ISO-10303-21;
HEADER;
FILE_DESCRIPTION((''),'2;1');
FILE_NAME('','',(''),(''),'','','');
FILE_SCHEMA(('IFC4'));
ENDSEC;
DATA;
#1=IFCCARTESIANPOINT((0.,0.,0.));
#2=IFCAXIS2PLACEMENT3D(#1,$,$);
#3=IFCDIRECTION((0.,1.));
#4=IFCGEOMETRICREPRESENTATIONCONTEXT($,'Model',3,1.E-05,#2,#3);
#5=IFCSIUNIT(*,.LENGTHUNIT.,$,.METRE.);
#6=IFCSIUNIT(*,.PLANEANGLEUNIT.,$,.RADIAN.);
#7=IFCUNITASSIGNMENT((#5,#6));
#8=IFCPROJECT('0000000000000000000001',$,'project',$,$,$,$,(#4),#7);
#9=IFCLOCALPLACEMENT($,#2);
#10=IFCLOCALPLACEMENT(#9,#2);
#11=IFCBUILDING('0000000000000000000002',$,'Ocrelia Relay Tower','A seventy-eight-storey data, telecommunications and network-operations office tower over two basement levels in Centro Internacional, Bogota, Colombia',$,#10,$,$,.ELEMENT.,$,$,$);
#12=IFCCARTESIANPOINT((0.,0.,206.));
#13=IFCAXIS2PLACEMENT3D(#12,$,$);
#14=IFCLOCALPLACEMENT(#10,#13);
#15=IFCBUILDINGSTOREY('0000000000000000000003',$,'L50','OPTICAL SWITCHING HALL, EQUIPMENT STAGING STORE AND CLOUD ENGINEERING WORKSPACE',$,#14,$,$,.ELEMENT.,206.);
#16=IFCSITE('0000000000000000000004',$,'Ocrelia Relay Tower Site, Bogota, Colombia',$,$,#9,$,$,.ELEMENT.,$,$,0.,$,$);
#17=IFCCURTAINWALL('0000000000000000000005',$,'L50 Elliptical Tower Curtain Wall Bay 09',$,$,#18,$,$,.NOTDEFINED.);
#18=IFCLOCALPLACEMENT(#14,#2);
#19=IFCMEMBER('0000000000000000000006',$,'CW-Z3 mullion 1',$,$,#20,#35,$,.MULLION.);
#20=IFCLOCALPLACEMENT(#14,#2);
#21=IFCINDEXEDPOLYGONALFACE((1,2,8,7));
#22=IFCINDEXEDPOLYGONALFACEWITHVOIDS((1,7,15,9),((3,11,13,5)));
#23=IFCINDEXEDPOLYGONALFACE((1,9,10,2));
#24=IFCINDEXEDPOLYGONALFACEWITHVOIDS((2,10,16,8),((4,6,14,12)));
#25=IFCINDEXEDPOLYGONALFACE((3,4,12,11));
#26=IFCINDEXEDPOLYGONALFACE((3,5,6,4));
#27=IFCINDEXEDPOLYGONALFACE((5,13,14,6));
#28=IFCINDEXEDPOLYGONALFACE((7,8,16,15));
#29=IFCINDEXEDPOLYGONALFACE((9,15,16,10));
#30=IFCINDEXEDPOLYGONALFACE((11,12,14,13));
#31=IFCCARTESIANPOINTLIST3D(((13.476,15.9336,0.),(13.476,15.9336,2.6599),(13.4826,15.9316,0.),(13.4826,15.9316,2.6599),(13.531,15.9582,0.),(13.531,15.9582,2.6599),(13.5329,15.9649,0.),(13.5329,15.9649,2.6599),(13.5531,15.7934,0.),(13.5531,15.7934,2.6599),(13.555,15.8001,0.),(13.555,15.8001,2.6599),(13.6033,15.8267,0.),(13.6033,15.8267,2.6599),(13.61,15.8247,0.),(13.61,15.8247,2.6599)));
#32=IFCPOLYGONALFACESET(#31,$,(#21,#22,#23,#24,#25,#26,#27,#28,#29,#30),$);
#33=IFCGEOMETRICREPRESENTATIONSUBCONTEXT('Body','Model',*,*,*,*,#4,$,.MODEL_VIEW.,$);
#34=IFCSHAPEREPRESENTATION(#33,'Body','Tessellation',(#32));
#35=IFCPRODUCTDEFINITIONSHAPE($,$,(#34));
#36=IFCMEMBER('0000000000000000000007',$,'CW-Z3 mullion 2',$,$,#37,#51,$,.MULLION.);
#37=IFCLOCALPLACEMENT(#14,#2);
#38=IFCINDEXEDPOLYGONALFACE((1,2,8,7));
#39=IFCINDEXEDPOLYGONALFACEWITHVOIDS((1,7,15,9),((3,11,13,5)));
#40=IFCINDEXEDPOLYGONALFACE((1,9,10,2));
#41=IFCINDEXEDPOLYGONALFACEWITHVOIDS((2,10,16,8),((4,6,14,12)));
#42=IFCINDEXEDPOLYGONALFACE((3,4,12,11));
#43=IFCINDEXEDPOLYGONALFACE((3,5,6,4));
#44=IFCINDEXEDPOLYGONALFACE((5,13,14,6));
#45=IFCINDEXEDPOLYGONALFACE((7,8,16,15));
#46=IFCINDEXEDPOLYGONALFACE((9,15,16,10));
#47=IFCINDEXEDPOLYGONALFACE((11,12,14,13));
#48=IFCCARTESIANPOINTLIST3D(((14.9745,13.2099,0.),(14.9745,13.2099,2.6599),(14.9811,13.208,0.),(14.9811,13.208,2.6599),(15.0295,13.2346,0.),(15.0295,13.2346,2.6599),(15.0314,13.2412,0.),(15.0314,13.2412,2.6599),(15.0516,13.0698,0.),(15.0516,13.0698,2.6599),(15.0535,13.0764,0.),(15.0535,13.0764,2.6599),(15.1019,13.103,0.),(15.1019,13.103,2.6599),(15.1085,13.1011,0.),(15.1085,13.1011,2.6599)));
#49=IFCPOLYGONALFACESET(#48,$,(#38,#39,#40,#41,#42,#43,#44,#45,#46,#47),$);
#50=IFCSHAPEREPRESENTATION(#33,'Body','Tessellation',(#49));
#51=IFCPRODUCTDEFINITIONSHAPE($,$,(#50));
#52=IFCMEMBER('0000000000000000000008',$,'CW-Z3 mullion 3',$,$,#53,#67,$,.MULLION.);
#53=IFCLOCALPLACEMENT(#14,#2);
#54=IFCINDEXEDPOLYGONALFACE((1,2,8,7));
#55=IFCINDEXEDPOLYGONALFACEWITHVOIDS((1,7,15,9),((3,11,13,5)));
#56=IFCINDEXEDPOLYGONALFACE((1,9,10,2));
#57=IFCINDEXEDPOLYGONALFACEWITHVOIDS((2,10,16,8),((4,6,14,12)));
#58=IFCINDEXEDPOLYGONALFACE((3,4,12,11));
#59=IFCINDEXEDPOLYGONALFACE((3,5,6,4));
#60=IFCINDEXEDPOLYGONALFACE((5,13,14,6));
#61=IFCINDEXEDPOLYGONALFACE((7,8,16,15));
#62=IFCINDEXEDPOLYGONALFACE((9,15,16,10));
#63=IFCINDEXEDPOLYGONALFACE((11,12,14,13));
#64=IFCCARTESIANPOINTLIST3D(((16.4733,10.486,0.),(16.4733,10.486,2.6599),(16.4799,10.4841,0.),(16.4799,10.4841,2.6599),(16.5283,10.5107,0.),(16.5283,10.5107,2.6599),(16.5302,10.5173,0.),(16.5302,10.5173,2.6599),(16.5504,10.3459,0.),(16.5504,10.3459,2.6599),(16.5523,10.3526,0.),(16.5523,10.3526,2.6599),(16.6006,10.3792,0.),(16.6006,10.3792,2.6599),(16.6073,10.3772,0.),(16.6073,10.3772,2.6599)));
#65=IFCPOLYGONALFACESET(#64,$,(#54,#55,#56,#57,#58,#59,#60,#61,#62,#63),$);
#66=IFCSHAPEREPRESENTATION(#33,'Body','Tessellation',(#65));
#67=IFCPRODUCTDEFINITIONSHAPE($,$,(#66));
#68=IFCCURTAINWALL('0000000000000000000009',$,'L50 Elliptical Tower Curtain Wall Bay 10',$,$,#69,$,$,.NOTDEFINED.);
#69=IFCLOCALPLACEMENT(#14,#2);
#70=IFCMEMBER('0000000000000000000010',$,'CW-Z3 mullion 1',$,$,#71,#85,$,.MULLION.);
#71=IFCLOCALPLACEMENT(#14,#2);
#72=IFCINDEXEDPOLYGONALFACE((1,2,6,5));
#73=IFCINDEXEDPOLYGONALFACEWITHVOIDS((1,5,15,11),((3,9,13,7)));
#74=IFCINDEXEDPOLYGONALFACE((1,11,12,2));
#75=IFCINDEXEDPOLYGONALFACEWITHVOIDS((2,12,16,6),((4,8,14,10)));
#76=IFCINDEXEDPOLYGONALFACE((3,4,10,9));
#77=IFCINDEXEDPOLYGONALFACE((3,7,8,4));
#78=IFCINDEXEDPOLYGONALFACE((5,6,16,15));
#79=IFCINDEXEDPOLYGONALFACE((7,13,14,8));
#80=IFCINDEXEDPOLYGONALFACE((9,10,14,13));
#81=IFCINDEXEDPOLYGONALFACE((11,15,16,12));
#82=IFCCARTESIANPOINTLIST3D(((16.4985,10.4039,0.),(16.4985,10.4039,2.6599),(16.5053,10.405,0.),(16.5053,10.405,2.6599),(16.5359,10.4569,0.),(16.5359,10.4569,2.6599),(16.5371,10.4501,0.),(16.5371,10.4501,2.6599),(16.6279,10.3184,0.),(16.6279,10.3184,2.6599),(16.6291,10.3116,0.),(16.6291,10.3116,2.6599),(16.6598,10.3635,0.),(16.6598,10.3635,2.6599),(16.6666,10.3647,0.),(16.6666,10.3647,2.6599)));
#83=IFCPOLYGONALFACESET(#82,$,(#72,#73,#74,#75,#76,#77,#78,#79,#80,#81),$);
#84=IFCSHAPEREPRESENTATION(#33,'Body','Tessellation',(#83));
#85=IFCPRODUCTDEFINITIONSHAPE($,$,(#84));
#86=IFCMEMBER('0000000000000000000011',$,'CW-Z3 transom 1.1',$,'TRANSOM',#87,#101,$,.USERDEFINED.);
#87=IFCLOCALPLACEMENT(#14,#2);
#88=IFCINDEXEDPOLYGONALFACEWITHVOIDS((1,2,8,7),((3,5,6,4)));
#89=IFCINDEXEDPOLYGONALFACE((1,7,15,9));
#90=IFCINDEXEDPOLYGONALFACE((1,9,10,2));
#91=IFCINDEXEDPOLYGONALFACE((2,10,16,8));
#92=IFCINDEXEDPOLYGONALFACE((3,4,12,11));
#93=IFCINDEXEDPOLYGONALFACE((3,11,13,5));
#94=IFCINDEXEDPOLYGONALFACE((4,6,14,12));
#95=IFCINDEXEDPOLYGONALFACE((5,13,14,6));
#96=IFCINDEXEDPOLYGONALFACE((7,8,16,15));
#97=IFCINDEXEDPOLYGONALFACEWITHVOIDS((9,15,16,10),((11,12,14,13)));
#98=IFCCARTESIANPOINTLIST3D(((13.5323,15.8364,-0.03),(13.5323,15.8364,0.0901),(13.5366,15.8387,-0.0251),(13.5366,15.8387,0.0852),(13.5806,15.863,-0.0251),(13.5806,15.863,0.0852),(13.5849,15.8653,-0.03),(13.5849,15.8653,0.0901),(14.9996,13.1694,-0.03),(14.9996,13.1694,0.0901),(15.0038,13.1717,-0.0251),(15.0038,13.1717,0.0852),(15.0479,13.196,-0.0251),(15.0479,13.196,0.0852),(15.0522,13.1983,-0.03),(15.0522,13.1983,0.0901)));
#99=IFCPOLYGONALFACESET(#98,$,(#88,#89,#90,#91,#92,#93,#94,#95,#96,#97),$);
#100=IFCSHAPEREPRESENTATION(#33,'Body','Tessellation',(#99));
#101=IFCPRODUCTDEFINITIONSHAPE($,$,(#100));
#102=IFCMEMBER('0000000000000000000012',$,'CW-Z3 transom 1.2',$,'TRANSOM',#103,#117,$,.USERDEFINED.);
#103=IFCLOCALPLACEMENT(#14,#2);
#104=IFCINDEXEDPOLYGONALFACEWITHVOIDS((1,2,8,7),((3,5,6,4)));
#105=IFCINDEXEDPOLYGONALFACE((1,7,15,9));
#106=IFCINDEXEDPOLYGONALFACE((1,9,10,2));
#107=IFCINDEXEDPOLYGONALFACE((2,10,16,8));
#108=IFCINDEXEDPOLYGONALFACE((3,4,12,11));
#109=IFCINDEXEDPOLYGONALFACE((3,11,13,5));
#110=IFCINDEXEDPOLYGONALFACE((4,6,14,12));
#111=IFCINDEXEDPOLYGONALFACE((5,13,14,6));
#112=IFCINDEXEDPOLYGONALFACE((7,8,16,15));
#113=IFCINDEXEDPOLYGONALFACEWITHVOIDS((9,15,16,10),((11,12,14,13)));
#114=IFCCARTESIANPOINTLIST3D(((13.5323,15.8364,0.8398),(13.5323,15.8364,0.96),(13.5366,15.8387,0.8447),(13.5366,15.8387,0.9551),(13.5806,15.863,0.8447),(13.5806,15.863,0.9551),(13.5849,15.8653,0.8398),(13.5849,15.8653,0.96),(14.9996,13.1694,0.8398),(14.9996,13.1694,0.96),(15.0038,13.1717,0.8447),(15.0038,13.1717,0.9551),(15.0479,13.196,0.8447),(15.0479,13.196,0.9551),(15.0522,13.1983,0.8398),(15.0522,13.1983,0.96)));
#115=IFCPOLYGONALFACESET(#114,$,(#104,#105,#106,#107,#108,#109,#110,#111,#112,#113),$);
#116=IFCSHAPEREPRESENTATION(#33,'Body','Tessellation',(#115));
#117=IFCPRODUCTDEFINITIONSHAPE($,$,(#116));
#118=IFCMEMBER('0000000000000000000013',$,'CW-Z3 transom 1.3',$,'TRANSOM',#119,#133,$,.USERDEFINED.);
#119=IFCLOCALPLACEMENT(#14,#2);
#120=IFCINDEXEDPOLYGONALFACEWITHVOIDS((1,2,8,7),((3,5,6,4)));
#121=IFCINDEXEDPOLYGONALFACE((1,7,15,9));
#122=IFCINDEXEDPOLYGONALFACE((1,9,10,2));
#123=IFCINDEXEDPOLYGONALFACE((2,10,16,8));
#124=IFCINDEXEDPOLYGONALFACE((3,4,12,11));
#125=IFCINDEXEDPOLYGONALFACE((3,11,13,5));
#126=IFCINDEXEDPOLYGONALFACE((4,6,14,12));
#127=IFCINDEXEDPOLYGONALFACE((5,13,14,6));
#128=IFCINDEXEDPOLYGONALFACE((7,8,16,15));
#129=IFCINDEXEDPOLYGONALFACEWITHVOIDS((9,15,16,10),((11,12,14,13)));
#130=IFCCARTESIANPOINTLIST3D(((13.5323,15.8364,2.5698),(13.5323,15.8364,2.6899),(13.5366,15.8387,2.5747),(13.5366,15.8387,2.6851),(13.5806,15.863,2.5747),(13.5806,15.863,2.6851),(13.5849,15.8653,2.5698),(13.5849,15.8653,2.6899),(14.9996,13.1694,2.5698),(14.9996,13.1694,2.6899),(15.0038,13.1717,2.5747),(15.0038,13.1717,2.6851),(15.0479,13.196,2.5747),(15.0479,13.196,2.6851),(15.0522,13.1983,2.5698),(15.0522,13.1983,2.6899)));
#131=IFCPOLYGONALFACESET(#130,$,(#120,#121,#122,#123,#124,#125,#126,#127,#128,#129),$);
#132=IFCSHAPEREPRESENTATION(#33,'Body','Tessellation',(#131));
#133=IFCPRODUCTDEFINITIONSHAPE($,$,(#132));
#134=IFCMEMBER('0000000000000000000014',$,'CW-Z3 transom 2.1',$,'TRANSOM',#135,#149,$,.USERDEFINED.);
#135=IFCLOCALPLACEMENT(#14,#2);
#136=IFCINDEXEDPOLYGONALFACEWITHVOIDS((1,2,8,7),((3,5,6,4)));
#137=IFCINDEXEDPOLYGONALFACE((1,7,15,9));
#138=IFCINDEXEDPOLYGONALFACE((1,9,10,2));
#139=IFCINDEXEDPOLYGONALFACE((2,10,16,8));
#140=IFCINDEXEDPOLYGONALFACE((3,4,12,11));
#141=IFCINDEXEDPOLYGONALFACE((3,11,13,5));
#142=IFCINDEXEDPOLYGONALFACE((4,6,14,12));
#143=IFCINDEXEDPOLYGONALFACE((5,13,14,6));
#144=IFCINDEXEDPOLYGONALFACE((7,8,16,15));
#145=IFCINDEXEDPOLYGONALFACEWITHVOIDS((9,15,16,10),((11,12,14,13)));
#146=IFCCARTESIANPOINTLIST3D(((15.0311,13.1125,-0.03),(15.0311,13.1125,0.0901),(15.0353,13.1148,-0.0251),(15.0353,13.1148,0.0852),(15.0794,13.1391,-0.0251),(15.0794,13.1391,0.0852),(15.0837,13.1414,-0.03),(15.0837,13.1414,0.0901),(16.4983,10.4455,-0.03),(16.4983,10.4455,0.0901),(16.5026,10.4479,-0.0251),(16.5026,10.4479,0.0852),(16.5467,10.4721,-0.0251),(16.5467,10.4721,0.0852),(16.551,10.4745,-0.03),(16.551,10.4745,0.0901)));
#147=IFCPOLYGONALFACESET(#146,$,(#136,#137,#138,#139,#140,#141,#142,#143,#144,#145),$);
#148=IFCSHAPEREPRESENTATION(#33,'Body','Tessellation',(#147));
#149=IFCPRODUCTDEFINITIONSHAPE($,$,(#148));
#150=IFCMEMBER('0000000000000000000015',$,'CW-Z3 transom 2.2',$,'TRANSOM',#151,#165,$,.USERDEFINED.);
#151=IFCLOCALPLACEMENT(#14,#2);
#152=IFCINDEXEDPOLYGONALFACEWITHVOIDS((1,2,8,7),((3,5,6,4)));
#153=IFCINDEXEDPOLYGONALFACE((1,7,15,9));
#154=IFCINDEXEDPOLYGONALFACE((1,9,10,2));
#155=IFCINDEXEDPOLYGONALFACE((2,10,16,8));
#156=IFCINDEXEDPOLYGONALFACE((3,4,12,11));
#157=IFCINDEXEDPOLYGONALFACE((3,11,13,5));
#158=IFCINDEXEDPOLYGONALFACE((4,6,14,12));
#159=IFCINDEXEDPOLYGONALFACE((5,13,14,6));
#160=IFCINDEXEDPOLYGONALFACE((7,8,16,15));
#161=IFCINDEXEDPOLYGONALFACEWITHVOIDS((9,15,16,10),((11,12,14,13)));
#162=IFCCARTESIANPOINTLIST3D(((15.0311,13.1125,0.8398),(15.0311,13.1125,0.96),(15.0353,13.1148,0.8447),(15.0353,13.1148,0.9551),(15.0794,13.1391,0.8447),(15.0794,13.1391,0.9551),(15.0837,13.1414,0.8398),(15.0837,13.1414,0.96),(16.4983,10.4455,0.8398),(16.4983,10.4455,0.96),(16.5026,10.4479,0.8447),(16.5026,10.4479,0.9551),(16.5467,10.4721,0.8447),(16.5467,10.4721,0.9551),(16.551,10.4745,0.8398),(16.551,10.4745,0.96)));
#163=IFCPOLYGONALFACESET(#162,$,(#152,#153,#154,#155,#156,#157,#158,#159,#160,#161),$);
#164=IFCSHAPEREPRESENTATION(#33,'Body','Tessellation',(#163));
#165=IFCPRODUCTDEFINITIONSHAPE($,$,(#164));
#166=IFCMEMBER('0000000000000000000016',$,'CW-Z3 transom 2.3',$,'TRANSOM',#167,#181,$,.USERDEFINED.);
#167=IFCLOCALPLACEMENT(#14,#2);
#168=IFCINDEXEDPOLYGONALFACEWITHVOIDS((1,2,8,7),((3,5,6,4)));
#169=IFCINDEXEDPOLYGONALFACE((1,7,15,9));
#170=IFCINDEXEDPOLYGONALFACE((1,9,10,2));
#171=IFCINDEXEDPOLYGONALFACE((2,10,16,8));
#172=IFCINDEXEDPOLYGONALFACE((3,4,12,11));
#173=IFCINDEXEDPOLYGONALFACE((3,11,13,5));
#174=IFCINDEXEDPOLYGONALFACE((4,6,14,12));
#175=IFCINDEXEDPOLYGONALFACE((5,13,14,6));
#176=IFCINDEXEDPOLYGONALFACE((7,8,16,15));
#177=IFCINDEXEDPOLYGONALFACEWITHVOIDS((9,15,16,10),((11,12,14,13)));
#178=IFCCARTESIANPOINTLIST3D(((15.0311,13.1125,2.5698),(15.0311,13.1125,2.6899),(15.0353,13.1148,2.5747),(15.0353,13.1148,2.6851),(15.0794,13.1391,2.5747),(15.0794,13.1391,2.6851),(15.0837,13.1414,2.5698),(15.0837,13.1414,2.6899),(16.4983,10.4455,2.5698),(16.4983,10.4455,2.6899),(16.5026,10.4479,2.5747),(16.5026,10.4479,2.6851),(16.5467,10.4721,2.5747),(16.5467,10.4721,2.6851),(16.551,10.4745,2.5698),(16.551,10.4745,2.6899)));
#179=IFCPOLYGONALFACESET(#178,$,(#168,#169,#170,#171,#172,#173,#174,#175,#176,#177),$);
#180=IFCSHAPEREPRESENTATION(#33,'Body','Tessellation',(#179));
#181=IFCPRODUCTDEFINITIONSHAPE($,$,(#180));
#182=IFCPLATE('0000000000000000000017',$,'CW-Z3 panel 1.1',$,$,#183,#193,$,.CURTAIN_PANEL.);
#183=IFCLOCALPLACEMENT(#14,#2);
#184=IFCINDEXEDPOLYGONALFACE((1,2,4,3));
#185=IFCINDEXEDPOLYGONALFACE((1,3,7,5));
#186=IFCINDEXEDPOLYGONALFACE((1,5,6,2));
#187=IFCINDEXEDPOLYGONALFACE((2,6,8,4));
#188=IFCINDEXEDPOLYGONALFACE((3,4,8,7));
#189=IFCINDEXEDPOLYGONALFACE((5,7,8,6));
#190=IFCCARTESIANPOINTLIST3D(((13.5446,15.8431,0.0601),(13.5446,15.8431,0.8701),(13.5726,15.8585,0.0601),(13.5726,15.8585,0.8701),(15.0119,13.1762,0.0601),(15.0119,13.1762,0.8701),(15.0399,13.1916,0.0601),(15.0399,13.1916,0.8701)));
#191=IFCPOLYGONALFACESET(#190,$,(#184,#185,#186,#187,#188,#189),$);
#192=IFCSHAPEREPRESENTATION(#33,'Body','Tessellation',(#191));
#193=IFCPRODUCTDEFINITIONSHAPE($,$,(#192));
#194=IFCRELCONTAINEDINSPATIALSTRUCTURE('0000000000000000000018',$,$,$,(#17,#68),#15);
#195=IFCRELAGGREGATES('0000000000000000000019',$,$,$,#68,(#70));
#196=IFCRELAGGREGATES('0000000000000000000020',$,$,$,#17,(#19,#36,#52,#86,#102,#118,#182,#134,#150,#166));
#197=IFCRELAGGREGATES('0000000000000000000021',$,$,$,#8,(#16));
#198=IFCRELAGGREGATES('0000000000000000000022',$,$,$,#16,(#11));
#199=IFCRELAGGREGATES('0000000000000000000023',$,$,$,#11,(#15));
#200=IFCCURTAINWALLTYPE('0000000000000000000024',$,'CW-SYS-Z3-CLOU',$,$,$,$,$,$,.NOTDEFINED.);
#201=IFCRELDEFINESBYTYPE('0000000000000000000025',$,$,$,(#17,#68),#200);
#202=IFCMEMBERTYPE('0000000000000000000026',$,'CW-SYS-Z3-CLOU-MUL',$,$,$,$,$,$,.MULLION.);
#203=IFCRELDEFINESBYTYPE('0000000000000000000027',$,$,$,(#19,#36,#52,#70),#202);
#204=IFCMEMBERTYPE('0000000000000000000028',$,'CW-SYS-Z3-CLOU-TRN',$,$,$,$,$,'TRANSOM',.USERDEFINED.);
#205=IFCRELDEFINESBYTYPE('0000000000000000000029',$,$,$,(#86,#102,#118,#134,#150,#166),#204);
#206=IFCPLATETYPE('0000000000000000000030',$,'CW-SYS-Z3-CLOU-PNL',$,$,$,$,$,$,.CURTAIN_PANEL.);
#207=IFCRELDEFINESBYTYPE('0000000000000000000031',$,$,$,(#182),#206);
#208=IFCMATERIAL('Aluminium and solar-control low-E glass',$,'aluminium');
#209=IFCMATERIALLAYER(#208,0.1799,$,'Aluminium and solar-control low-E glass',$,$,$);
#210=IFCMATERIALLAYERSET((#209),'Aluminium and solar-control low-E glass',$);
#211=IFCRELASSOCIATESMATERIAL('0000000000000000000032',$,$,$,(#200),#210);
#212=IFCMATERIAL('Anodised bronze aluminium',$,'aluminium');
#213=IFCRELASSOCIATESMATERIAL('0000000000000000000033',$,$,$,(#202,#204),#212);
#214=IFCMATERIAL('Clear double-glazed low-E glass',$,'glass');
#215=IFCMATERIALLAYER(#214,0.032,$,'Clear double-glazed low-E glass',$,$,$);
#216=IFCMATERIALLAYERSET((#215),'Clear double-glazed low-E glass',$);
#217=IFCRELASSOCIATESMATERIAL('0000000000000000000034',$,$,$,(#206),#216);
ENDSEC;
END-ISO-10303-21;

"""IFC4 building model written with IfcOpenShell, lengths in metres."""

from ifc_helpers import new_model, si_unit, direction, frame, origin, origin_2d, place, context, subcontext, project, spatial, rectangle, hollow_rectangle, extrude, material, layer, layer_set, material_profile, profile_set, type_object, element, aggregate, save


model = new_model("IFC4")

# Units and contexts
model_context = context("Model", 3, precision=1e-05, world=origin(), true_north=direction((0.0, 1.0)))
body_context = subcontext(model_context, "Body", "Model", "MODEL_VIEW")
ifc_project = project(units=[si_unit("LENGTHUNIT", "METRE"), si_unit("PLANEANGLEUNIT", "RADIAN")], contexts=[model_context])

# Site, building, storey
site_placement = place(None, origin())
site = spatial("IfcSite", under=ifc_project, at=site_placement, Name="Ocrelia Relay Tower Site, Bogota, Colombia", CompositionType="ELEMENT", RefElevation=0.0)
building_placement = place(site_placement, origin())
building = spatial("IfcBuilding", under=site, at=building_placement, Name="Ocrelia Relay Tower", Description="A seventy-eight-storey data, telecommunications and network-operations office tower over two basement levels in Centro Internacional, Bogota, Colombia", CompositionType="ELEMENT")
storey_placement = place(building_placement, frame((0.0, 0.0, 206.0)))
storey = spatial("IfcBuildingStorey", under=building, at=storey_placement, Name="L50", Description="OPTICAL SWITCHING HALL, EQUIPMENT STAGING STORE AND CLOUD ENGINEERING WORKSPACE", CompositionType="ELEMENT", Elevation=206.0)

# Curtain wall, members
ifc_material_1 = material(Name="Aluminium and solar-control low-E glass", Category="aluminium")
ifc_layer_1 = layer(ifc_material_1, 0.1799, Name="Aluminium and solar-control low-E glass")
ifc_layer_set_1 = layer_set([ifc_layer_1], Name="Aluminium and solar-control low-E glass")
curtain_wall_type = type_object("IfcCurtainWallType", Name="CW-SYS-Z3-CLOU", PredefinedType="NOTDEFINED", material=ifc_layer_set_1)
curtain_wall_1_placement = place(storey_placement, origin())
curtain_wall_1 = element("IfcCurtainWall", 1, at=curtain_wall_1_placement, inside=storey, type_object=curtain_wall_type, Name="L50 Elliptical Tower Curtain Wall Bay 09", PredefinedType="NOTDEFINED")
ifc_material_2 = material(Name="Anodised bronze aluminium", Category="aluminium")
ifc_material_profile_1 = material_profile(ifc_material_2, hollow_rectangle(XDim=0.0649, YDim=0.1599, WallThickness=0.0049, at=origin_2d()), Name="CW-MUL-160x65")
ifc_profile_set_1 = profile_set([ifc_material_profile_1], Name="Anodised bronze aluminium")
member_type_1 = type_object("IfcMemberType", Name="CW-SYS-Z3-CLOU-MUL", PredefinedType="MULLION", material=ifc_profile_set_1)
member_1_placement = place(storey_placement, frame((13.543, 15.8792, 0.0), z_axis=(0.0, 0.0, 1.0), x_axis=(0.876144, 0.482049, 0.0)))
member_1 = element("IfcMember", 2, at=member_1_placement, type_object=member_type_1, Name="CW-Z3 mullion 1", PredefinedType="MULLION", context=body_context, shape_type="SweptSolid", body=[
    extrude(hollow_rectangle(XDim=0.0649, YDim=0.1599, WallThickness=0.0049, at=origin_2d()), origin(), (0.0, 0.0, 1.0), 2.6599),
])
member_2_placement = place(storey_placement, frame((15.0415, 13.1555, 0.0), z_axis=(0.0, 0.0, 1.0), x_axis=(0.876144, 0.482049, 0.0)))
member_2 = element("IfcMember", 3, at=member_2_placement, type_object=member_type_1, Name="CW-Z3 mullion 2", PredefinedType="MULLION", context=body_context, shape_type="SweptSolid", body=[
    extrude(hollow_rectangle(XDim=0.0649, YDim=0.1599, WallThickness=0.0049, at=origin_2d()), origin(), (0.0, 0.0, 1.0), 2.6599),
])
member_3_placement = place(storey_placement, frame((16.5403, 10.4316, 0.0), z_axis=(0.0, 0.0, 1.0), x_axis=(0.876144, 0.482049, 0.0)))
member_3 = element("IfcMember", 4, at=member_3_placement, type_object=member_type_1, Name="CW-Z3 mullion 3", PredefinedType="MULLION", context=body_context, shape_type="SweptSolid", body=[
    extrude(hollow_rectangle(XDim=0.0649, YDim=0.1599, WallThickness=0.0049, at=origin_2d()), origin(), (0.0, 0.0, 1.0), 2.6599),
])

# Curtain wall, member
curtain_wall_2_placement = place(storey_placement, origin())
curtain_wall_2 = element("IfcCurtainWall", 5, at=curtain_wall_2_placement, inside=storey, type_object=curtain_wall_type, Name="L50 Elliptical Tower Curtain Wall Bay 10", PredefinedType="NOTDEFINED")
member_4_placement = place(storey_placement, frame((16.5825, 10.3843, 0.0), z_axis=(0.0, 0.0, 1.0), x_axis=(0.576714, 0.816946, 0.0)))
member_4 = element("IfcMember", 6, at=member_4_placement, type_object=member_type_1, Name="CW-Z3 mullion 1", PredefinedType="MULLION", context=body_context, shape_type="SweptSolid", body=[
    extrude(hollow_rectangle(XDim=0.0649, YDim=0.1599, WallThickness=0.0049, at=origin_2d()), origin(), (0.0, 0.0, 1.0), 2.6599),
])
aggregate(curtain_wall_2, [member_4])

# Members
ifc_material_profile_2 = material_profile(ifc_material_2, hollow_rectangle(XDim=0.0601, YDim=0.1201, WallThickness=0.0049, at=origin_2d()), Name="CW-TRN-120x60")
ifc_profile_set_2 = profile_set([ifc_material_profile_2], Name="Anodised bronze aluminium")
member_type_2 = type_object("IfcMemberType", Name="CW-SYS-Z3-CLOU-TRN", ElementType="TRANSOM", PredefinedType="USERDEFINED", material=ifc_profile_set_2)
member_5_placement = place(storey_placement, frame((13.5586, 15.8508, 0.03), z_axis=(0.48203, -0.876155, 0.0), x_axis=(0.876155, 0.48203, 0.0)))
member_5 = element("IfcMember", 7, at=member_5_placement, type_object=member_type_2, Name="CW-Z3 transom 1.1", ObjectType="TRANSOM", PredefinedType="USERDEFINED", context=body_context, shape_type="SweptSolid", body=[
    extrude(hollow_rectangle(XDim=0.0601, YDim=0.1201, WallThickness=0.0049, at=origin_2d()), origin(), (0.0, 0.0, 1.0), 3.0439),
])
member_6_placement = place(storey_placement, frame((13.5586, 15.8508, 0.8999), z_axis=(0.48203, -0.876155, 0.0), x_axis=(0.876155, 0.48203, 0.0)))
member_6 = element("IfcMember", 8, at=member_6_placement, type_object=member_type_2, Name="CW-Z3 transom 1.2", ObjectType="TRANSOM", PredefinedType="USERDEFINED", context=body_context, shape_type="SweptSolid", body=[
    extrude(hollow_rectangle(XDim=0.0601, YDim=0.1201, WallThickness=0.0049, at=origin_2d()), origin(), (0.0, 0.0, 1.0), 3.0439),
])
member_7_placement = place(storey_placement, frame((13.5586, 15.8508, 2.6299), z_axis=(0.48203, -0.876155, 0.0), x_axis=(0.876155, 0.48203, 0.0)))
member_7 = element("IfcMember", 9, at=member_7_placement, type_object=member_type_2, Name="CW-Z3 transom 1.3", ObjectType="TRANSOM", PredefinedType="USERDEFINED", context=body_context, shape_type="SweptSolid", body=[
    extrude(hollow_rectangle(XDim=0.0601, YDim=0.1201, WallThickness=0.0049, at=origin_2d()), origin(), (0.0, 0.0, 1.0), 3.0439),
])
member_8_placement = place(storey_placement, frame((15.0574, 13.127, 0.03), z_axis=(0.48203, -0.876155, 0.0), x_axis=(0.876155, 0.48203, 0.0)))
member_8 = element("IfcMember", 10, at=member_8_placement, type_object=member_type_2, Name="CW-Z3 transom 2.1", ObjectType="TRANSOM", PredefinedType="USERDEFINED", context=body_context, shape_type="SweptSolid", body=[
    extrude(hollow_rectangle(XDim=0.0601, YDim=0.1201, WallThickness=0.0049, at=origin_2d()), origin(), (0.0, 0.0, 1.0), 3.0439),
])
member_9_placement = place(storey_placement, frame((15.0574, 13.127, 0.8999), z_axis=(0.48203, -0.876155, 0.0), x_axis=(0.876155, 0.48203, 0.0)))
member_9 = element("IfcMember", 11, at=member_9_placement, type_object=member_type_2, Name="CW-Z3 transom 2.2", ObjectType="TRANSOM", PredefinedType="USERDEFINED", context=body_context, shape_type="SweptSolid", body=[
    extrude(hollow_rectangle(XDim=0.0601, YDim=0.1201, WallThickness=0.0049, at=origin_2d()), origin(), (0.0, 0.0, 1.0), 3.0439),
])
member_10_placement = place(storey_placement, frame((15.0574, 13.127, 2.6299), z_axis=(0.48203, -0.876155, 0.0), x_axis=(0.876155, 0.48203, 0.0)))
member_10 = element("IfcMember", 12, at=member_10_placement, type_object=member_type_2, Name="CW-Z3 transom 2.3", ObjectType="TRANSOM", PredefinedType="USERDEFINED", context=body_context, shape_type="SweptSolid", body=[
    extrude(hollow_rectangle(XDim=0.0601, YDim=0.1201, WallThickness=0.0049, at=origin_2d()), origin(), (0.0, 0.0, 1.0), 3.0439),
])

# Plate
ifc_material_3 = material(Name="Clear double-glazed low-E glass", Category="glass")
ifc_layer_2 = layer(ifc_material_3, 0.032, Name="Clear double-glazed low-E glass")
ifc_layer_set_2 = layer_set([ifc_layer_2], Name="Clear double-glazed low-E glass")
plate_type = type_object("IfcPlateType", Name="CW-SYS-Z3-CLOU-PNL", PredefinedType="CURTAIN_PANEL", material=ifc_layer_set_2)
plate_1_placement = place(storey_placement, frame((14.2922, 14.5173, 0.0601), z_axis=(0.0, 0.0, 1.0), x_axis=(0.482049, -0.876144, 0.0)))
plate_1 = element("IfcPlate", 13, at=plate_1_placement, type_object=plate_type, Name="CW-Z3 panel 1.1", PredefinedType="CURTAIN_PANEL", context=body_context, shape_type="SweptSolid", body=[
    extrude(rectangle(XDim=3.0439, YDim=0.032, at=origin_2d()), origin(), (0.0, 0.0, 1.0), 0.8101),
])
aggregate(curtain_wall_1, [member_1, member_2, member_3, member_5, member_6, member_7, plate_1, member_8, member_9, member_10])

save(model, "model.ifc")
